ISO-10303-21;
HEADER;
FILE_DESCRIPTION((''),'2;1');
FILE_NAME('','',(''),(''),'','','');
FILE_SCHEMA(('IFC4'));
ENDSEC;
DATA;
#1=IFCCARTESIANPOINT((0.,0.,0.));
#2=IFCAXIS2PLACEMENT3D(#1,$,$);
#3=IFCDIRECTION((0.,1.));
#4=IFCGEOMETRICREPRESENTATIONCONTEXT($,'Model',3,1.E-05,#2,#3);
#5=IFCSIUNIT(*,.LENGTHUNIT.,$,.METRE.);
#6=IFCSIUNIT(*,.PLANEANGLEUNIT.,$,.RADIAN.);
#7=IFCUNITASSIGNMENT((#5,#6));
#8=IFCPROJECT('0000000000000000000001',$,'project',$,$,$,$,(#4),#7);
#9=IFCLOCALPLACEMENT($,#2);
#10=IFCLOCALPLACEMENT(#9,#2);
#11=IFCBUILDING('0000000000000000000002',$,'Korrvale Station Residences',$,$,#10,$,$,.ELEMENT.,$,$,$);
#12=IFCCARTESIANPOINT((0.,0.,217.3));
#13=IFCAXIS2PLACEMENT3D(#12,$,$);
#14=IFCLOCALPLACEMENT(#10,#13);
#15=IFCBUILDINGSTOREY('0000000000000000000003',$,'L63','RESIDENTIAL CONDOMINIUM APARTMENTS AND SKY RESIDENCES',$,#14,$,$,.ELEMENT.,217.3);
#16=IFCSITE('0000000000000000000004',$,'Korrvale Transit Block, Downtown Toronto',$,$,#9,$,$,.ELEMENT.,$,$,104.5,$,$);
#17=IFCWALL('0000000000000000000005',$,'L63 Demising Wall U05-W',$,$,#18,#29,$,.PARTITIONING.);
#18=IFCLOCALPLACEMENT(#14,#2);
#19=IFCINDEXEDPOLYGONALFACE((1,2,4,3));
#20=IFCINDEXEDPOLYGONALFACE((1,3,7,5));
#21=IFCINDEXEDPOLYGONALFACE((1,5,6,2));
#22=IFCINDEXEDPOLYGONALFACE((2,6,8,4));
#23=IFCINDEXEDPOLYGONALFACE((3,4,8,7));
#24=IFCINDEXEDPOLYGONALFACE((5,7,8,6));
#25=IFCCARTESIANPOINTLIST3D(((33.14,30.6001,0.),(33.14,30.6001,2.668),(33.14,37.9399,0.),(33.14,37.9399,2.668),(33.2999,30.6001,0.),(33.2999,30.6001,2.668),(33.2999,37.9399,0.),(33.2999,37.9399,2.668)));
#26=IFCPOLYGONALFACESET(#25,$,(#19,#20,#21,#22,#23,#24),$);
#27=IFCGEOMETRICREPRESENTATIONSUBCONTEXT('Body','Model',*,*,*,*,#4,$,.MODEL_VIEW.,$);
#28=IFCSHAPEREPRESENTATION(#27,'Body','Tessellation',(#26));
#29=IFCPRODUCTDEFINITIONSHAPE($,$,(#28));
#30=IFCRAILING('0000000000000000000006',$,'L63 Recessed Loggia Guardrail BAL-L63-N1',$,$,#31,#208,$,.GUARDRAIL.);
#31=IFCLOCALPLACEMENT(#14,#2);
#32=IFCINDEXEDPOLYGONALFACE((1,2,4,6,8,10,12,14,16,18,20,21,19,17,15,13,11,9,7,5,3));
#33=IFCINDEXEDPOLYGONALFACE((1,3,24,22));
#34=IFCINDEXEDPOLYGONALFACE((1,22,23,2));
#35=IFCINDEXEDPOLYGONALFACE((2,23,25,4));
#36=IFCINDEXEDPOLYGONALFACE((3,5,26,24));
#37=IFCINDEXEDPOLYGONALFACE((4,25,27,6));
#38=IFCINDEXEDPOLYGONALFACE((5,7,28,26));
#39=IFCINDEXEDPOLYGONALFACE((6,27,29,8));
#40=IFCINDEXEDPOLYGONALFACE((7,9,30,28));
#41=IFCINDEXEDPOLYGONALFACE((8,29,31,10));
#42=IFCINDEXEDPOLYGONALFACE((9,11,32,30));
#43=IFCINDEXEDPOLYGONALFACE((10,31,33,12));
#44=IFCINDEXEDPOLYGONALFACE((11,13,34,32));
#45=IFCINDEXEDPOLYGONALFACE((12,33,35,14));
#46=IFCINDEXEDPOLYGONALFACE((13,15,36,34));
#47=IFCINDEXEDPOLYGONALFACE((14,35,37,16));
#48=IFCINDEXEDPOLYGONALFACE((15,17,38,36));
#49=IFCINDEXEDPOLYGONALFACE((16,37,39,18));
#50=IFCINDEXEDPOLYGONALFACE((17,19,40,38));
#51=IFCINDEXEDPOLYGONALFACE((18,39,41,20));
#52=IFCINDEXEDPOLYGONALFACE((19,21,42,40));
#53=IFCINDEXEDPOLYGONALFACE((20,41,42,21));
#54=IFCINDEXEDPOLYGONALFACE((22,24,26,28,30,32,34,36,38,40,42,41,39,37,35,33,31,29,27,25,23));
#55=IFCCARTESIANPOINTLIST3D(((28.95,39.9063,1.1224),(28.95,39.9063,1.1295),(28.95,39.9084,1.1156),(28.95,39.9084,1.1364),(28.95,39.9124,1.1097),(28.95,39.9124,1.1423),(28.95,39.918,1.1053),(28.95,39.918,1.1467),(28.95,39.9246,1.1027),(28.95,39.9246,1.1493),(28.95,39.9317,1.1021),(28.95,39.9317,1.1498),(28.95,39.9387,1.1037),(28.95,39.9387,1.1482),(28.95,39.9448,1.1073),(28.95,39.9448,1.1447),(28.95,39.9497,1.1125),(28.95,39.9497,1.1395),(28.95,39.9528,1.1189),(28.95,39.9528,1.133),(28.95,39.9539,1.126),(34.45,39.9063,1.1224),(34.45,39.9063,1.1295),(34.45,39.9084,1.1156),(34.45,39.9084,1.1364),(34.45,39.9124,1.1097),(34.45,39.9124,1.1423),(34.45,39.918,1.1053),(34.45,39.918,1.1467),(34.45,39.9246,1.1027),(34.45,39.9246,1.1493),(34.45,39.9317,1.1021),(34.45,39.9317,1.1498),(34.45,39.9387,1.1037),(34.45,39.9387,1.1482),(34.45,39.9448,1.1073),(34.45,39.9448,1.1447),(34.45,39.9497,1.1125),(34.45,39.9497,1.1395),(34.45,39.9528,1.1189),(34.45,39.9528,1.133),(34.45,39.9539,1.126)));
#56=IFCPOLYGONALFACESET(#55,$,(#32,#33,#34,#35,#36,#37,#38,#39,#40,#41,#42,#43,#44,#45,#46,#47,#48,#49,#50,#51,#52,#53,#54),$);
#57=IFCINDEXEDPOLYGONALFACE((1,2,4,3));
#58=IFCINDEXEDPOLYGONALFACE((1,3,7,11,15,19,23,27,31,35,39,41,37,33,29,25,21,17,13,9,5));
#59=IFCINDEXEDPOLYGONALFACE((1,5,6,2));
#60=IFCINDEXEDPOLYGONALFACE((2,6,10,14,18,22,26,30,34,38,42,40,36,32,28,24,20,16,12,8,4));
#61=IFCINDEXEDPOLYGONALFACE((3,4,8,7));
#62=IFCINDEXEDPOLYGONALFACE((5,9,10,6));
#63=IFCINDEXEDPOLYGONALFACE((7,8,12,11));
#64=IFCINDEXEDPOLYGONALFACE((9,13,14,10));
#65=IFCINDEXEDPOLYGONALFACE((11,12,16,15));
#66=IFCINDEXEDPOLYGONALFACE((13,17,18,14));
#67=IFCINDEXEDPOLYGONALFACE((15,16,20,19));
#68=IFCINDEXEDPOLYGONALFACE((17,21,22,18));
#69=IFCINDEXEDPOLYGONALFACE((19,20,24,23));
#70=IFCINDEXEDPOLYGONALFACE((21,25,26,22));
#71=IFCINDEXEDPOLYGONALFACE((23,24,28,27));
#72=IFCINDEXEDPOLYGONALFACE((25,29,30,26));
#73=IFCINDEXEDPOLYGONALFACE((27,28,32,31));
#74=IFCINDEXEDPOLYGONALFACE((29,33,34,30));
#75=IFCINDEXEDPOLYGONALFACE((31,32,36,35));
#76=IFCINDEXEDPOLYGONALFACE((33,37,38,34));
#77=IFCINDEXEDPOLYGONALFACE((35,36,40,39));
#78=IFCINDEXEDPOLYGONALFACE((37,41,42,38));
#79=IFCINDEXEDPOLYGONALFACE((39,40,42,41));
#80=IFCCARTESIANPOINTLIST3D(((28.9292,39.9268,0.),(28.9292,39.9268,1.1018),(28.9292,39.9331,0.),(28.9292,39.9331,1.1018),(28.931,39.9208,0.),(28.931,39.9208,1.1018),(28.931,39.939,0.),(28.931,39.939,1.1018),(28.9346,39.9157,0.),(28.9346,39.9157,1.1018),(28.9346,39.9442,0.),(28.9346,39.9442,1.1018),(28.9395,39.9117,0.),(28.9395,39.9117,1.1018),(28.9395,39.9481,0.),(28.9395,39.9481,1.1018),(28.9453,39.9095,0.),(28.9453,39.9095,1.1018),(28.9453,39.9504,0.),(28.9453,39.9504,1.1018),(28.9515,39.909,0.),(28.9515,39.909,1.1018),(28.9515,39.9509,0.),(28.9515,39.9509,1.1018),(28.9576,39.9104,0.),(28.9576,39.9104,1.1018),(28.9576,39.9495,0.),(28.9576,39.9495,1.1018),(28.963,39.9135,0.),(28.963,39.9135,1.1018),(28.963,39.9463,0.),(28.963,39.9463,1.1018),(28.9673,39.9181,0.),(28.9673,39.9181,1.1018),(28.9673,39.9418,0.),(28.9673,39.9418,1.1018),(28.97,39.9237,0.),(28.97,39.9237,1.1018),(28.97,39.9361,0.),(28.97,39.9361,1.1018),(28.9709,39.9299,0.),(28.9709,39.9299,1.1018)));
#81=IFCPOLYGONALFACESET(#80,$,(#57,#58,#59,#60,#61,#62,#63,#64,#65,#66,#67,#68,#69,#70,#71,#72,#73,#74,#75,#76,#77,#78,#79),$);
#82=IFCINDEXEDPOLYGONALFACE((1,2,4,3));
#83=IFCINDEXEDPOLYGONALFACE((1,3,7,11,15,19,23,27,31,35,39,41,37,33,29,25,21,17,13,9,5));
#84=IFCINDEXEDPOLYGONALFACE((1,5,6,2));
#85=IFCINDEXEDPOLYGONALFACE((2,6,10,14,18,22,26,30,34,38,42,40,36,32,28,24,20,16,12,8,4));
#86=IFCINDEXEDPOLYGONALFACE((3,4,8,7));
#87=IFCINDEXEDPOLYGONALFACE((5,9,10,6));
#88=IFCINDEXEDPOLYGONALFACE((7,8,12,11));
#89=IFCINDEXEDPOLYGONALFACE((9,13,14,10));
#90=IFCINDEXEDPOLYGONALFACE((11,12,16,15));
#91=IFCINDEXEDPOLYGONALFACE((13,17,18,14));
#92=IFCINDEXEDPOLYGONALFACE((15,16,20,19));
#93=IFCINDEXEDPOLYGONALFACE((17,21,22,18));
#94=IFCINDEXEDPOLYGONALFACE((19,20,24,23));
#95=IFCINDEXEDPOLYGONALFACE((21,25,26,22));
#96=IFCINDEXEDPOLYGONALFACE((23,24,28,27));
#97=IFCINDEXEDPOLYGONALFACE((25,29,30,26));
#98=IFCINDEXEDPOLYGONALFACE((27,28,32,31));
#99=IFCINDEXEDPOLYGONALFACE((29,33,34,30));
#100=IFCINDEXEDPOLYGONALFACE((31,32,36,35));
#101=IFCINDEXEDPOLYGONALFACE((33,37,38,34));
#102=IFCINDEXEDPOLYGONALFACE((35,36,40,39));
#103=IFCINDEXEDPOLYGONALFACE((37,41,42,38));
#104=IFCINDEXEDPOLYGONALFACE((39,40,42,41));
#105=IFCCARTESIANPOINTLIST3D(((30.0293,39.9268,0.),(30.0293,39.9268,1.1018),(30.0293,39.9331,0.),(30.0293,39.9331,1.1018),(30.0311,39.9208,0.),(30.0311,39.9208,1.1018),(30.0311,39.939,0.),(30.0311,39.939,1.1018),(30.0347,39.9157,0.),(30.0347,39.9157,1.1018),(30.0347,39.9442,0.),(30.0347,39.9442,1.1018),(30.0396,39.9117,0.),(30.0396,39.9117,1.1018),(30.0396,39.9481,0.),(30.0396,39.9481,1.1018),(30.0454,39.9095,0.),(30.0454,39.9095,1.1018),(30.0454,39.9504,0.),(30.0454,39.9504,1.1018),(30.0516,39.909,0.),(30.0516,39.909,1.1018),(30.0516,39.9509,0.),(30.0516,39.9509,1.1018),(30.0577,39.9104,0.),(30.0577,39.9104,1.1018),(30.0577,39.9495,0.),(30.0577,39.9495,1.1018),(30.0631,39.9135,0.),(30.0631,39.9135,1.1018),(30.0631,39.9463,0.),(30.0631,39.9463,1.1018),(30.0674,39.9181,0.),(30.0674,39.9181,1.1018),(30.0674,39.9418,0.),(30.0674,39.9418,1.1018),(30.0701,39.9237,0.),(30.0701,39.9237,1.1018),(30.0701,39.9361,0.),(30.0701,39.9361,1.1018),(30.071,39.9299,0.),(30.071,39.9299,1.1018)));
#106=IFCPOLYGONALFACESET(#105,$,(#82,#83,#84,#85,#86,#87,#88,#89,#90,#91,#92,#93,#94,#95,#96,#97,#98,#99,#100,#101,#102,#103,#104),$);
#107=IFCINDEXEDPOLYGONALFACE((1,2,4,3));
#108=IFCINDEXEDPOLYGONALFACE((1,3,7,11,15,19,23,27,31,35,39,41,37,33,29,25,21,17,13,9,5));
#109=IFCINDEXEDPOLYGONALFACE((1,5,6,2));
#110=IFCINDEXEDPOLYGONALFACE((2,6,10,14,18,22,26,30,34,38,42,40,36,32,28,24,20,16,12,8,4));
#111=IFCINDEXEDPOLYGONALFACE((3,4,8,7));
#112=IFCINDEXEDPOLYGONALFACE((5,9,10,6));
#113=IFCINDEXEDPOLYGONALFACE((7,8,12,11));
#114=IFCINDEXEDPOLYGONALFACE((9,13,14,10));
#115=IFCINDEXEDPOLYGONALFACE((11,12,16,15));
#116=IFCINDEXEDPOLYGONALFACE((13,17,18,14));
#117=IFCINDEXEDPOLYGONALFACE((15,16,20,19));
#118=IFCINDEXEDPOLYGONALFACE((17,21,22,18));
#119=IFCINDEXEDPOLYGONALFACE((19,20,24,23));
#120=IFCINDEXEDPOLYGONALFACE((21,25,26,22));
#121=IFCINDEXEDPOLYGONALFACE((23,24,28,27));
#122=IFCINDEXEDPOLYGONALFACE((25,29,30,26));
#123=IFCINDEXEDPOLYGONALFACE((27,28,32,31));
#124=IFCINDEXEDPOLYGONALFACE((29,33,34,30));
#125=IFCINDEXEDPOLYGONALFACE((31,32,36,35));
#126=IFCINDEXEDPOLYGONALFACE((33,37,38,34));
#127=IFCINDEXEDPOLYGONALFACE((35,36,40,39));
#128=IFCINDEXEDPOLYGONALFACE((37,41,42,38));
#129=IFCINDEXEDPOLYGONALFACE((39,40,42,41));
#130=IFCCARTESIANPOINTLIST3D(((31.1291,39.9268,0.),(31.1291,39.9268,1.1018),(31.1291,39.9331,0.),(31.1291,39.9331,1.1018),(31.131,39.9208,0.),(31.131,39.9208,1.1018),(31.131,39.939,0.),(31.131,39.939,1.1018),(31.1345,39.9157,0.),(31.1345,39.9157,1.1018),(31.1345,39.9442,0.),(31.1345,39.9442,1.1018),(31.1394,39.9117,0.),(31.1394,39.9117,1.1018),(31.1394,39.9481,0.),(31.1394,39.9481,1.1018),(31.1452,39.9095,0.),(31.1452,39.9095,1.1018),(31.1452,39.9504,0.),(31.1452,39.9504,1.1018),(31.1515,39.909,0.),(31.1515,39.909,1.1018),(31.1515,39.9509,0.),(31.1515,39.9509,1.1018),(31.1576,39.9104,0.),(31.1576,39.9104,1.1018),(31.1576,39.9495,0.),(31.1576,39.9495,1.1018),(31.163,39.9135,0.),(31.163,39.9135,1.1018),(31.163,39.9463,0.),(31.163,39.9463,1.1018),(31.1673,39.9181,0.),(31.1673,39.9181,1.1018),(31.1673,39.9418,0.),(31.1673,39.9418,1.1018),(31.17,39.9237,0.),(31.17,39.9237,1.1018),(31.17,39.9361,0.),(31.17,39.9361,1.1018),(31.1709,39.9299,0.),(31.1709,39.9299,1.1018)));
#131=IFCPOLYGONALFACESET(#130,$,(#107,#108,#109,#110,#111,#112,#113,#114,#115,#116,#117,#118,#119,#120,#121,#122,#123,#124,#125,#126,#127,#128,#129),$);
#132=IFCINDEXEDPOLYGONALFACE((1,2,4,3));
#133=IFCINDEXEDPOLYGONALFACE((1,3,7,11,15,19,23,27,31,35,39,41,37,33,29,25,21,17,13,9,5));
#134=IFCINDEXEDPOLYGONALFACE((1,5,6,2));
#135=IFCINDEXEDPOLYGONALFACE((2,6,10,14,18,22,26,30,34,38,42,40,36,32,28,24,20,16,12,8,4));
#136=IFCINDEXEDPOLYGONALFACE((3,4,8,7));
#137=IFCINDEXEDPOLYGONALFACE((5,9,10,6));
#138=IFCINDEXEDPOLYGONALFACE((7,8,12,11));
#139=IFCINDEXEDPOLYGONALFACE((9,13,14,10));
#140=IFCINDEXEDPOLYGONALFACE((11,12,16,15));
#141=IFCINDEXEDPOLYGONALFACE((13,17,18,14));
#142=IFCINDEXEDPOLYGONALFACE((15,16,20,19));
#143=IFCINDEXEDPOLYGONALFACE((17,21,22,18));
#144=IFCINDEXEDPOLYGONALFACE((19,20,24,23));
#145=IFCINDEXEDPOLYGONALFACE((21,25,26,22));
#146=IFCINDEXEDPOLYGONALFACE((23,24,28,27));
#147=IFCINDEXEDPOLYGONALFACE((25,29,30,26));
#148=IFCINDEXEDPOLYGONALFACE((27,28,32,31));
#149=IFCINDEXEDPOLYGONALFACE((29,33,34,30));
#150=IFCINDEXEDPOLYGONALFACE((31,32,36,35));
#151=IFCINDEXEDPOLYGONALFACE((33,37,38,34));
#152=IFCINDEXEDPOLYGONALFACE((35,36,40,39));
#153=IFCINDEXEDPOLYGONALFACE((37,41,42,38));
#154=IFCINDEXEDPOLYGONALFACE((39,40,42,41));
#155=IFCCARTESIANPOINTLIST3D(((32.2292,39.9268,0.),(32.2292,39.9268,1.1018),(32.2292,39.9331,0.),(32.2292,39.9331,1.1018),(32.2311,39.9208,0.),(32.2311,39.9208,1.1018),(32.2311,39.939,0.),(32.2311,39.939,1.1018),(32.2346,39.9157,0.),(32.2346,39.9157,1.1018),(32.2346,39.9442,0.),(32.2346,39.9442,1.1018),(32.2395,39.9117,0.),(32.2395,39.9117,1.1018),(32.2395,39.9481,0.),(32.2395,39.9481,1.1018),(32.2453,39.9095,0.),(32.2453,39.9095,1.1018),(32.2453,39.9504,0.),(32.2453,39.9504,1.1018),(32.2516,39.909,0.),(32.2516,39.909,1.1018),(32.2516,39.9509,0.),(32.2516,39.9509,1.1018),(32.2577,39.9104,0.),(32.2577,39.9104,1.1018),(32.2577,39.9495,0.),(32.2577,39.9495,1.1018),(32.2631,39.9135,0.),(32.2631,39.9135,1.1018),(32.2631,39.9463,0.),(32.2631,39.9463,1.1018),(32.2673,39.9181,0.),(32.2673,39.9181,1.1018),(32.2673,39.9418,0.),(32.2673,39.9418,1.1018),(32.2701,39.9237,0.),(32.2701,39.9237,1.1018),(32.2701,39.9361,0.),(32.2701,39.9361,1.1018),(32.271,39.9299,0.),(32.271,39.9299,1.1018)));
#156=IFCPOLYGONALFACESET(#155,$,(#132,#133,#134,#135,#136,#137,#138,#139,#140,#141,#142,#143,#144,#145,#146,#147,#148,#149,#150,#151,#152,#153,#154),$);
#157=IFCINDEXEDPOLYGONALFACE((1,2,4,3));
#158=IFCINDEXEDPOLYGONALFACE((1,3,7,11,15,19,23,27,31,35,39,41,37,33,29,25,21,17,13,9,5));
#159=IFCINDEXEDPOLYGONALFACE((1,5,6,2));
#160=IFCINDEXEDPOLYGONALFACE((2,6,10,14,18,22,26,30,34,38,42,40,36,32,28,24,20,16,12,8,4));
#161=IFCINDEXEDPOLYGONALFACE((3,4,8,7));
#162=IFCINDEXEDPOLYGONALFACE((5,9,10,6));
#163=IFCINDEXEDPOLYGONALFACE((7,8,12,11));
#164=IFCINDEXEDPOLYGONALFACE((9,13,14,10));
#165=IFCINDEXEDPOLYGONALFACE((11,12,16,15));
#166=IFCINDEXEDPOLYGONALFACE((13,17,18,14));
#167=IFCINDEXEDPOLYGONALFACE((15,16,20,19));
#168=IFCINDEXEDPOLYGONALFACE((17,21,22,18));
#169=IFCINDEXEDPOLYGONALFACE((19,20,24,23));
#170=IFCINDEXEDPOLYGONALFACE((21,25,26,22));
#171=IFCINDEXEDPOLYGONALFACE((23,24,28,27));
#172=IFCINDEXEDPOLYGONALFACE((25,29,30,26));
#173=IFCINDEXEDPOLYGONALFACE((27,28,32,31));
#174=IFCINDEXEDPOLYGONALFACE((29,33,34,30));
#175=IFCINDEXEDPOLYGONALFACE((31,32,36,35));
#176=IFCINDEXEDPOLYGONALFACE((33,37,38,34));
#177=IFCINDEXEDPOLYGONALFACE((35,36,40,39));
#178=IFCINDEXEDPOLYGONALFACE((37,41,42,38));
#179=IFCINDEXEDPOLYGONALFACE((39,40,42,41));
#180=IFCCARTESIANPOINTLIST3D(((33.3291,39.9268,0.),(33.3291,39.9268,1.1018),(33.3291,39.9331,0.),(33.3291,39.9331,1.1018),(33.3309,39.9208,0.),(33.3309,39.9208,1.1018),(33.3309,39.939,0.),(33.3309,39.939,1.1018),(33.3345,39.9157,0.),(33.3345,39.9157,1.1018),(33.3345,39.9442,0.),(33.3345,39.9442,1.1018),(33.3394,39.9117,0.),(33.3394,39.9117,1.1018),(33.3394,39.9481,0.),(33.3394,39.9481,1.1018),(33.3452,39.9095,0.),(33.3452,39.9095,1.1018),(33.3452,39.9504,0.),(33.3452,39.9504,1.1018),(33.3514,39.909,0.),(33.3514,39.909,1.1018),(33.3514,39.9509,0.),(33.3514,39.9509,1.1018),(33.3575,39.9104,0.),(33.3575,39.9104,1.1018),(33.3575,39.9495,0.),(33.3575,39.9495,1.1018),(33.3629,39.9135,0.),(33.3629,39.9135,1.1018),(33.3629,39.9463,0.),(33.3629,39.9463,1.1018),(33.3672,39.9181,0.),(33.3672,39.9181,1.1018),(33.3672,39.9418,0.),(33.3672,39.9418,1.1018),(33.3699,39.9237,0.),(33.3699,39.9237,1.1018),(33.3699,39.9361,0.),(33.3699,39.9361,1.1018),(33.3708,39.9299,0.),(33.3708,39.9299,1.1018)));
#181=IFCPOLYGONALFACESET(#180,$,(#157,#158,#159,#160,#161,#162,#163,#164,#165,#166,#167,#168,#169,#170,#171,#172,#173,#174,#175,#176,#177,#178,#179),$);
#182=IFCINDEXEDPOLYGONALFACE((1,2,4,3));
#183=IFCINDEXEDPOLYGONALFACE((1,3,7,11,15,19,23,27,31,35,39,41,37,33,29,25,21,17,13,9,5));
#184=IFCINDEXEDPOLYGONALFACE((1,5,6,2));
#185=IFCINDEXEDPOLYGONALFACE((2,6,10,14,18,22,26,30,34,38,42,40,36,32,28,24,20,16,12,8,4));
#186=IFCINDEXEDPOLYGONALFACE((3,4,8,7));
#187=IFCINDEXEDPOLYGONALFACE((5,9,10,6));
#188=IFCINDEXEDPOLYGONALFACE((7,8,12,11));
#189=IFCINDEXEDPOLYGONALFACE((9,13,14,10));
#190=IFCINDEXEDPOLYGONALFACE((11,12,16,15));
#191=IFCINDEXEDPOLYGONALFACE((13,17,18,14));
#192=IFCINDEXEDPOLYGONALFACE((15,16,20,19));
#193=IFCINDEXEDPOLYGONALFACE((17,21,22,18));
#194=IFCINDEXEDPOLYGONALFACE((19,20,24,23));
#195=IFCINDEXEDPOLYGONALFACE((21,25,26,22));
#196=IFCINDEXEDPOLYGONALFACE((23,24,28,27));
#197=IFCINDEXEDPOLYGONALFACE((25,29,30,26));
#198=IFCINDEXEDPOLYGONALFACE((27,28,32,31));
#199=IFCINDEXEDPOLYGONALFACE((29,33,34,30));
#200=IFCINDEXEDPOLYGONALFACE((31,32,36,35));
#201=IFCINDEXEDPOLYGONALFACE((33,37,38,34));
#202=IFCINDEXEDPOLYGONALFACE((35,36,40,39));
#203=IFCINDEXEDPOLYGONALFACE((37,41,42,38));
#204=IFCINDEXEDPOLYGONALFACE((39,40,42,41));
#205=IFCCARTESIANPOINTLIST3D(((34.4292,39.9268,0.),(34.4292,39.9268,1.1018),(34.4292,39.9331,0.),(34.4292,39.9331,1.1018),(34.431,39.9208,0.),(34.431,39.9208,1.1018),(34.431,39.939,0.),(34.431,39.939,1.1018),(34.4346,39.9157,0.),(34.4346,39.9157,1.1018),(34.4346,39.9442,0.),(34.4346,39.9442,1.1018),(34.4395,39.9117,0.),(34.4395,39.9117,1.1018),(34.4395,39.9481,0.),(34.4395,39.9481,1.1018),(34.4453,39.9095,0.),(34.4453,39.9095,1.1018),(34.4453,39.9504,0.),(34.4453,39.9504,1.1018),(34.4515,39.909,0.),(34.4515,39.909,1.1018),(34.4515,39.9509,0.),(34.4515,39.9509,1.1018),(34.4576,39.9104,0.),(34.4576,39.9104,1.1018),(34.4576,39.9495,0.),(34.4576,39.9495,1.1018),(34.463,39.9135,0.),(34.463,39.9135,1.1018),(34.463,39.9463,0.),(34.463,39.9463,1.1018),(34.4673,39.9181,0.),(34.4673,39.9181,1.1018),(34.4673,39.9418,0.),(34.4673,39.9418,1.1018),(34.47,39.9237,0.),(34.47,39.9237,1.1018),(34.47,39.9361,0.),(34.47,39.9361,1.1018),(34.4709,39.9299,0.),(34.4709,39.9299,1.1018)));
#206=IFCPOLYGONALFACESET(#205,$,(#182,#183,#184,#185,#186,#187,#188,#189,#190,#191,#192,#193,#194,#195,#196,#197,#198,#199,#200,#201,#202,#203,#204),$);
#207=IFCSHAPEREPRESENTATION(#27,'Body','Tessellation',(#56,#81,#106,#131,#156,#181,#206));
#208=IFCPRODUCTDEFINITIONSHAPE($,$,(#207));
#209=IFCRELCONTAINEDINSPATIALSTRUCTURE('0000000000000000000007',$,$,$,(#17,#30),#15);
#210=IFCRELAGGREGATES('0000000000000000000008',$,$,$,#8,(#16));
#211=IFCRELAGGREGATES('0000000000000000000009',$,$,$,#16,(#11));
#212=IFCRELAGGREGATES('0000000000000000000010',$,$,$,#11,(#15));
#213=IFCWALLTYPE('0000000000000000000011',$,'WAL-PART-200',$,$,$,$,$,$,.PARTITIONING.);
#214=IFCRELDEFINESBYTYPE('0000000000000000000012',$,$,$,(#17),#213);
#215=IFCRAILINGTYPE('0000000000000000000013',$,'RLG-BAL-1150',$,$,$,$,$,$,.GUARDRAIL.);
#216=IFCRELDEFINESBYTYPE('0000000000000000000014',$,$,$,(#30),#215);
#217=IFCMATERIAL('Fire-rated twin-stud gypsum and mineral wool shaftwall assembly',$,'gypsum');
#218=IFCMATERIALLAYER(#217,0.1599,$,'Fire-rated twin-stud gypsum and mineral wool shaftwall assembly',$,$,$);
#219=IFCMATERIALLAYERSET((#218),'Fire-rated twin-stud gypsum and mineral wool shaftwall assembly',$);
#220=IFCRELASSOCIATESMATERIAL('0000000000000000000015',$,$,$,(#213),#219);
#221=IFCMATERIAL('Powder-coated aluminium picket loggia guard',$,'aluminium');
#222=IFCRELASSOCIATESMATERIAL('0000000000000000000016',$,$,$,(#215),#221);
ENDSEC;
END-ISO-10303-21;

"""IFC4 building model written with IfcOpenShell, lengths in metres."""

from ifc_helpers import new_model, si_unit, direction, frame, frame_2d, origin, origin_2d, place, context, subcontext, project, spatial, rectangle, circle, extrude, material, layer, layer_set, type_object, element, save


model = new_model("IFC4")

# Units and contexts
model_context = context("Model", 3, precision=1e-05, world=origin(), true_north=direction((0.0, 1.0)))
body_context = subcontext(model_context, "Body", "Model", "MODEL_VIEW")
ifc_project = project(units=[si_unit("LENGTHUNIT", "METRE"), si_unit("PLANEANGLEUNIT", "RADIAN")], contexts=[model_context])

# Site, building, storey
site_placement = place(None, origin())
site = spatial("IfcSite", under=ifc_project, at=site_placement, Name="Korrvale Transit Block, Downtown Toronto", CompositionType="ELEMENT", RefElevation=104.5)
building_placement = place(site_placement, origin())
building = spatial("IfcBuilding", under=site, at=building_placement, Name="Korrvale Station Residences", CompositionType="ELEMENT")
storey_placement = place(building_placement, frame((0.0, 0.0, 217.3)))
storey = spatial("IfcBuildingStorey", under=building, at=storey_placement, Name="L63", Description="RESIDENTIAL CONDOMINIUM APARTMENTS AND SKY RESIDENCES", CompositionType="ELEMENT", Elevation=217.3)

# Wall
ifc_material_1 = material(Name="Fire-rated twin-stud gypsum and mineral wool shaftwall assembly", Category="gypsum")
ifc_layer_1 = layer(ifc_material_1, 0.1599, Name="Fire-rated twin-stud gypsum and mineral wool shaftwall assembly")
ifc_layer_set_1 = layer_set([ifc_layer_1], Name="Fire-rated twin-stud gypsum and mineral wool shaftwall assembly")
wall_type_1 = type_object("IfcWallType", Name="WAL-PART-200", PredefinedType="PARTITIONING", material=ifc_layer_set_1)
wall_1_placement = place(storey_placement, frame((33.22, 30.6001, 0.0), z_axis=(0.0, 0.0, 1.0), x_axis=(0.0, 1.0, 0.0)))
element("IfcWall", 1, at=wall_1_placement, inside=storey, type_object=wall_type_1, Name="L63 Demising Wall U05-W", PredefinedType="PARTITIONING", context=body_context, shape_type="SweptSolid", body=[
    extrude(rectangle(XDim=7.3398, YDim=0.1599, at=frame_2d((3.6699, 0.0))), origin(), (0.0, 0.0, 1.0), 2.668),
])

# Railing
ifc_material_2 = material(Name="Powder-coated aluminium picket loggia guard", Category="aluminium")
railing_type = type_object("IfcRailingType", Name="RLG-BAL-1150", PredefinedType="GUARDRAIL", material=ifc_material_2)
railing_placement = place(storey_placement, frame((28.95, 39.9299, 0.0)))
element("IfcRailing", 2, at=railing_placement, inside=storey, type_object=railing_type, Name="L63 Recessed Loggia Guardrail BAL-L63-N1", PredefinedType="GUARDRAIL", context=body_context, shape_type="SweptSolid", body=[
    extrude(circle(Radius=0.0239, at=origin_2d()), frame((0.0, 0.0, 1.126), z_axis=(1.0, 0.0, 0.0), x_axis=(0.0, 1.0, 0.0)), (0.0, 0.0, 1.0), 5.5),
    extrude(circle(Radius=0.021, at=origin_2d()), origin(), (0.0, 0.0, 1.0), 1.1018),
    extrude(circle(Radius=0.021, at=origin_2d()), frame((1.1001, 0.0, 0.0)), (0.0, 0.0, 1.0), 1.1018),
    extrude(circle(Radius=0.021, at=origin_2d()), frame((2.2, 0.0, 0.0)), (0.0, 0.0, 1.0), 1.1018),
    extrude(circle(Radius=0.021, at=origin_2d()), frame((3.3, 0.0, 0.0)), (0.0, 0.0, 1.0), 1.1018),
    extrude(circle(Radius=0.021, at=origin_2d()), frame((4.3999, 0.0, 0.0)), (0.0, 0.0, 1.0), 1.1018),
    extrude(circle(Radius=0.021, at=origin_2d()), frame((5.5, 0.0, 0.0)), (0.0, 0.0, 1.0), 1.1018),
])

save(model, "model.ifc")
